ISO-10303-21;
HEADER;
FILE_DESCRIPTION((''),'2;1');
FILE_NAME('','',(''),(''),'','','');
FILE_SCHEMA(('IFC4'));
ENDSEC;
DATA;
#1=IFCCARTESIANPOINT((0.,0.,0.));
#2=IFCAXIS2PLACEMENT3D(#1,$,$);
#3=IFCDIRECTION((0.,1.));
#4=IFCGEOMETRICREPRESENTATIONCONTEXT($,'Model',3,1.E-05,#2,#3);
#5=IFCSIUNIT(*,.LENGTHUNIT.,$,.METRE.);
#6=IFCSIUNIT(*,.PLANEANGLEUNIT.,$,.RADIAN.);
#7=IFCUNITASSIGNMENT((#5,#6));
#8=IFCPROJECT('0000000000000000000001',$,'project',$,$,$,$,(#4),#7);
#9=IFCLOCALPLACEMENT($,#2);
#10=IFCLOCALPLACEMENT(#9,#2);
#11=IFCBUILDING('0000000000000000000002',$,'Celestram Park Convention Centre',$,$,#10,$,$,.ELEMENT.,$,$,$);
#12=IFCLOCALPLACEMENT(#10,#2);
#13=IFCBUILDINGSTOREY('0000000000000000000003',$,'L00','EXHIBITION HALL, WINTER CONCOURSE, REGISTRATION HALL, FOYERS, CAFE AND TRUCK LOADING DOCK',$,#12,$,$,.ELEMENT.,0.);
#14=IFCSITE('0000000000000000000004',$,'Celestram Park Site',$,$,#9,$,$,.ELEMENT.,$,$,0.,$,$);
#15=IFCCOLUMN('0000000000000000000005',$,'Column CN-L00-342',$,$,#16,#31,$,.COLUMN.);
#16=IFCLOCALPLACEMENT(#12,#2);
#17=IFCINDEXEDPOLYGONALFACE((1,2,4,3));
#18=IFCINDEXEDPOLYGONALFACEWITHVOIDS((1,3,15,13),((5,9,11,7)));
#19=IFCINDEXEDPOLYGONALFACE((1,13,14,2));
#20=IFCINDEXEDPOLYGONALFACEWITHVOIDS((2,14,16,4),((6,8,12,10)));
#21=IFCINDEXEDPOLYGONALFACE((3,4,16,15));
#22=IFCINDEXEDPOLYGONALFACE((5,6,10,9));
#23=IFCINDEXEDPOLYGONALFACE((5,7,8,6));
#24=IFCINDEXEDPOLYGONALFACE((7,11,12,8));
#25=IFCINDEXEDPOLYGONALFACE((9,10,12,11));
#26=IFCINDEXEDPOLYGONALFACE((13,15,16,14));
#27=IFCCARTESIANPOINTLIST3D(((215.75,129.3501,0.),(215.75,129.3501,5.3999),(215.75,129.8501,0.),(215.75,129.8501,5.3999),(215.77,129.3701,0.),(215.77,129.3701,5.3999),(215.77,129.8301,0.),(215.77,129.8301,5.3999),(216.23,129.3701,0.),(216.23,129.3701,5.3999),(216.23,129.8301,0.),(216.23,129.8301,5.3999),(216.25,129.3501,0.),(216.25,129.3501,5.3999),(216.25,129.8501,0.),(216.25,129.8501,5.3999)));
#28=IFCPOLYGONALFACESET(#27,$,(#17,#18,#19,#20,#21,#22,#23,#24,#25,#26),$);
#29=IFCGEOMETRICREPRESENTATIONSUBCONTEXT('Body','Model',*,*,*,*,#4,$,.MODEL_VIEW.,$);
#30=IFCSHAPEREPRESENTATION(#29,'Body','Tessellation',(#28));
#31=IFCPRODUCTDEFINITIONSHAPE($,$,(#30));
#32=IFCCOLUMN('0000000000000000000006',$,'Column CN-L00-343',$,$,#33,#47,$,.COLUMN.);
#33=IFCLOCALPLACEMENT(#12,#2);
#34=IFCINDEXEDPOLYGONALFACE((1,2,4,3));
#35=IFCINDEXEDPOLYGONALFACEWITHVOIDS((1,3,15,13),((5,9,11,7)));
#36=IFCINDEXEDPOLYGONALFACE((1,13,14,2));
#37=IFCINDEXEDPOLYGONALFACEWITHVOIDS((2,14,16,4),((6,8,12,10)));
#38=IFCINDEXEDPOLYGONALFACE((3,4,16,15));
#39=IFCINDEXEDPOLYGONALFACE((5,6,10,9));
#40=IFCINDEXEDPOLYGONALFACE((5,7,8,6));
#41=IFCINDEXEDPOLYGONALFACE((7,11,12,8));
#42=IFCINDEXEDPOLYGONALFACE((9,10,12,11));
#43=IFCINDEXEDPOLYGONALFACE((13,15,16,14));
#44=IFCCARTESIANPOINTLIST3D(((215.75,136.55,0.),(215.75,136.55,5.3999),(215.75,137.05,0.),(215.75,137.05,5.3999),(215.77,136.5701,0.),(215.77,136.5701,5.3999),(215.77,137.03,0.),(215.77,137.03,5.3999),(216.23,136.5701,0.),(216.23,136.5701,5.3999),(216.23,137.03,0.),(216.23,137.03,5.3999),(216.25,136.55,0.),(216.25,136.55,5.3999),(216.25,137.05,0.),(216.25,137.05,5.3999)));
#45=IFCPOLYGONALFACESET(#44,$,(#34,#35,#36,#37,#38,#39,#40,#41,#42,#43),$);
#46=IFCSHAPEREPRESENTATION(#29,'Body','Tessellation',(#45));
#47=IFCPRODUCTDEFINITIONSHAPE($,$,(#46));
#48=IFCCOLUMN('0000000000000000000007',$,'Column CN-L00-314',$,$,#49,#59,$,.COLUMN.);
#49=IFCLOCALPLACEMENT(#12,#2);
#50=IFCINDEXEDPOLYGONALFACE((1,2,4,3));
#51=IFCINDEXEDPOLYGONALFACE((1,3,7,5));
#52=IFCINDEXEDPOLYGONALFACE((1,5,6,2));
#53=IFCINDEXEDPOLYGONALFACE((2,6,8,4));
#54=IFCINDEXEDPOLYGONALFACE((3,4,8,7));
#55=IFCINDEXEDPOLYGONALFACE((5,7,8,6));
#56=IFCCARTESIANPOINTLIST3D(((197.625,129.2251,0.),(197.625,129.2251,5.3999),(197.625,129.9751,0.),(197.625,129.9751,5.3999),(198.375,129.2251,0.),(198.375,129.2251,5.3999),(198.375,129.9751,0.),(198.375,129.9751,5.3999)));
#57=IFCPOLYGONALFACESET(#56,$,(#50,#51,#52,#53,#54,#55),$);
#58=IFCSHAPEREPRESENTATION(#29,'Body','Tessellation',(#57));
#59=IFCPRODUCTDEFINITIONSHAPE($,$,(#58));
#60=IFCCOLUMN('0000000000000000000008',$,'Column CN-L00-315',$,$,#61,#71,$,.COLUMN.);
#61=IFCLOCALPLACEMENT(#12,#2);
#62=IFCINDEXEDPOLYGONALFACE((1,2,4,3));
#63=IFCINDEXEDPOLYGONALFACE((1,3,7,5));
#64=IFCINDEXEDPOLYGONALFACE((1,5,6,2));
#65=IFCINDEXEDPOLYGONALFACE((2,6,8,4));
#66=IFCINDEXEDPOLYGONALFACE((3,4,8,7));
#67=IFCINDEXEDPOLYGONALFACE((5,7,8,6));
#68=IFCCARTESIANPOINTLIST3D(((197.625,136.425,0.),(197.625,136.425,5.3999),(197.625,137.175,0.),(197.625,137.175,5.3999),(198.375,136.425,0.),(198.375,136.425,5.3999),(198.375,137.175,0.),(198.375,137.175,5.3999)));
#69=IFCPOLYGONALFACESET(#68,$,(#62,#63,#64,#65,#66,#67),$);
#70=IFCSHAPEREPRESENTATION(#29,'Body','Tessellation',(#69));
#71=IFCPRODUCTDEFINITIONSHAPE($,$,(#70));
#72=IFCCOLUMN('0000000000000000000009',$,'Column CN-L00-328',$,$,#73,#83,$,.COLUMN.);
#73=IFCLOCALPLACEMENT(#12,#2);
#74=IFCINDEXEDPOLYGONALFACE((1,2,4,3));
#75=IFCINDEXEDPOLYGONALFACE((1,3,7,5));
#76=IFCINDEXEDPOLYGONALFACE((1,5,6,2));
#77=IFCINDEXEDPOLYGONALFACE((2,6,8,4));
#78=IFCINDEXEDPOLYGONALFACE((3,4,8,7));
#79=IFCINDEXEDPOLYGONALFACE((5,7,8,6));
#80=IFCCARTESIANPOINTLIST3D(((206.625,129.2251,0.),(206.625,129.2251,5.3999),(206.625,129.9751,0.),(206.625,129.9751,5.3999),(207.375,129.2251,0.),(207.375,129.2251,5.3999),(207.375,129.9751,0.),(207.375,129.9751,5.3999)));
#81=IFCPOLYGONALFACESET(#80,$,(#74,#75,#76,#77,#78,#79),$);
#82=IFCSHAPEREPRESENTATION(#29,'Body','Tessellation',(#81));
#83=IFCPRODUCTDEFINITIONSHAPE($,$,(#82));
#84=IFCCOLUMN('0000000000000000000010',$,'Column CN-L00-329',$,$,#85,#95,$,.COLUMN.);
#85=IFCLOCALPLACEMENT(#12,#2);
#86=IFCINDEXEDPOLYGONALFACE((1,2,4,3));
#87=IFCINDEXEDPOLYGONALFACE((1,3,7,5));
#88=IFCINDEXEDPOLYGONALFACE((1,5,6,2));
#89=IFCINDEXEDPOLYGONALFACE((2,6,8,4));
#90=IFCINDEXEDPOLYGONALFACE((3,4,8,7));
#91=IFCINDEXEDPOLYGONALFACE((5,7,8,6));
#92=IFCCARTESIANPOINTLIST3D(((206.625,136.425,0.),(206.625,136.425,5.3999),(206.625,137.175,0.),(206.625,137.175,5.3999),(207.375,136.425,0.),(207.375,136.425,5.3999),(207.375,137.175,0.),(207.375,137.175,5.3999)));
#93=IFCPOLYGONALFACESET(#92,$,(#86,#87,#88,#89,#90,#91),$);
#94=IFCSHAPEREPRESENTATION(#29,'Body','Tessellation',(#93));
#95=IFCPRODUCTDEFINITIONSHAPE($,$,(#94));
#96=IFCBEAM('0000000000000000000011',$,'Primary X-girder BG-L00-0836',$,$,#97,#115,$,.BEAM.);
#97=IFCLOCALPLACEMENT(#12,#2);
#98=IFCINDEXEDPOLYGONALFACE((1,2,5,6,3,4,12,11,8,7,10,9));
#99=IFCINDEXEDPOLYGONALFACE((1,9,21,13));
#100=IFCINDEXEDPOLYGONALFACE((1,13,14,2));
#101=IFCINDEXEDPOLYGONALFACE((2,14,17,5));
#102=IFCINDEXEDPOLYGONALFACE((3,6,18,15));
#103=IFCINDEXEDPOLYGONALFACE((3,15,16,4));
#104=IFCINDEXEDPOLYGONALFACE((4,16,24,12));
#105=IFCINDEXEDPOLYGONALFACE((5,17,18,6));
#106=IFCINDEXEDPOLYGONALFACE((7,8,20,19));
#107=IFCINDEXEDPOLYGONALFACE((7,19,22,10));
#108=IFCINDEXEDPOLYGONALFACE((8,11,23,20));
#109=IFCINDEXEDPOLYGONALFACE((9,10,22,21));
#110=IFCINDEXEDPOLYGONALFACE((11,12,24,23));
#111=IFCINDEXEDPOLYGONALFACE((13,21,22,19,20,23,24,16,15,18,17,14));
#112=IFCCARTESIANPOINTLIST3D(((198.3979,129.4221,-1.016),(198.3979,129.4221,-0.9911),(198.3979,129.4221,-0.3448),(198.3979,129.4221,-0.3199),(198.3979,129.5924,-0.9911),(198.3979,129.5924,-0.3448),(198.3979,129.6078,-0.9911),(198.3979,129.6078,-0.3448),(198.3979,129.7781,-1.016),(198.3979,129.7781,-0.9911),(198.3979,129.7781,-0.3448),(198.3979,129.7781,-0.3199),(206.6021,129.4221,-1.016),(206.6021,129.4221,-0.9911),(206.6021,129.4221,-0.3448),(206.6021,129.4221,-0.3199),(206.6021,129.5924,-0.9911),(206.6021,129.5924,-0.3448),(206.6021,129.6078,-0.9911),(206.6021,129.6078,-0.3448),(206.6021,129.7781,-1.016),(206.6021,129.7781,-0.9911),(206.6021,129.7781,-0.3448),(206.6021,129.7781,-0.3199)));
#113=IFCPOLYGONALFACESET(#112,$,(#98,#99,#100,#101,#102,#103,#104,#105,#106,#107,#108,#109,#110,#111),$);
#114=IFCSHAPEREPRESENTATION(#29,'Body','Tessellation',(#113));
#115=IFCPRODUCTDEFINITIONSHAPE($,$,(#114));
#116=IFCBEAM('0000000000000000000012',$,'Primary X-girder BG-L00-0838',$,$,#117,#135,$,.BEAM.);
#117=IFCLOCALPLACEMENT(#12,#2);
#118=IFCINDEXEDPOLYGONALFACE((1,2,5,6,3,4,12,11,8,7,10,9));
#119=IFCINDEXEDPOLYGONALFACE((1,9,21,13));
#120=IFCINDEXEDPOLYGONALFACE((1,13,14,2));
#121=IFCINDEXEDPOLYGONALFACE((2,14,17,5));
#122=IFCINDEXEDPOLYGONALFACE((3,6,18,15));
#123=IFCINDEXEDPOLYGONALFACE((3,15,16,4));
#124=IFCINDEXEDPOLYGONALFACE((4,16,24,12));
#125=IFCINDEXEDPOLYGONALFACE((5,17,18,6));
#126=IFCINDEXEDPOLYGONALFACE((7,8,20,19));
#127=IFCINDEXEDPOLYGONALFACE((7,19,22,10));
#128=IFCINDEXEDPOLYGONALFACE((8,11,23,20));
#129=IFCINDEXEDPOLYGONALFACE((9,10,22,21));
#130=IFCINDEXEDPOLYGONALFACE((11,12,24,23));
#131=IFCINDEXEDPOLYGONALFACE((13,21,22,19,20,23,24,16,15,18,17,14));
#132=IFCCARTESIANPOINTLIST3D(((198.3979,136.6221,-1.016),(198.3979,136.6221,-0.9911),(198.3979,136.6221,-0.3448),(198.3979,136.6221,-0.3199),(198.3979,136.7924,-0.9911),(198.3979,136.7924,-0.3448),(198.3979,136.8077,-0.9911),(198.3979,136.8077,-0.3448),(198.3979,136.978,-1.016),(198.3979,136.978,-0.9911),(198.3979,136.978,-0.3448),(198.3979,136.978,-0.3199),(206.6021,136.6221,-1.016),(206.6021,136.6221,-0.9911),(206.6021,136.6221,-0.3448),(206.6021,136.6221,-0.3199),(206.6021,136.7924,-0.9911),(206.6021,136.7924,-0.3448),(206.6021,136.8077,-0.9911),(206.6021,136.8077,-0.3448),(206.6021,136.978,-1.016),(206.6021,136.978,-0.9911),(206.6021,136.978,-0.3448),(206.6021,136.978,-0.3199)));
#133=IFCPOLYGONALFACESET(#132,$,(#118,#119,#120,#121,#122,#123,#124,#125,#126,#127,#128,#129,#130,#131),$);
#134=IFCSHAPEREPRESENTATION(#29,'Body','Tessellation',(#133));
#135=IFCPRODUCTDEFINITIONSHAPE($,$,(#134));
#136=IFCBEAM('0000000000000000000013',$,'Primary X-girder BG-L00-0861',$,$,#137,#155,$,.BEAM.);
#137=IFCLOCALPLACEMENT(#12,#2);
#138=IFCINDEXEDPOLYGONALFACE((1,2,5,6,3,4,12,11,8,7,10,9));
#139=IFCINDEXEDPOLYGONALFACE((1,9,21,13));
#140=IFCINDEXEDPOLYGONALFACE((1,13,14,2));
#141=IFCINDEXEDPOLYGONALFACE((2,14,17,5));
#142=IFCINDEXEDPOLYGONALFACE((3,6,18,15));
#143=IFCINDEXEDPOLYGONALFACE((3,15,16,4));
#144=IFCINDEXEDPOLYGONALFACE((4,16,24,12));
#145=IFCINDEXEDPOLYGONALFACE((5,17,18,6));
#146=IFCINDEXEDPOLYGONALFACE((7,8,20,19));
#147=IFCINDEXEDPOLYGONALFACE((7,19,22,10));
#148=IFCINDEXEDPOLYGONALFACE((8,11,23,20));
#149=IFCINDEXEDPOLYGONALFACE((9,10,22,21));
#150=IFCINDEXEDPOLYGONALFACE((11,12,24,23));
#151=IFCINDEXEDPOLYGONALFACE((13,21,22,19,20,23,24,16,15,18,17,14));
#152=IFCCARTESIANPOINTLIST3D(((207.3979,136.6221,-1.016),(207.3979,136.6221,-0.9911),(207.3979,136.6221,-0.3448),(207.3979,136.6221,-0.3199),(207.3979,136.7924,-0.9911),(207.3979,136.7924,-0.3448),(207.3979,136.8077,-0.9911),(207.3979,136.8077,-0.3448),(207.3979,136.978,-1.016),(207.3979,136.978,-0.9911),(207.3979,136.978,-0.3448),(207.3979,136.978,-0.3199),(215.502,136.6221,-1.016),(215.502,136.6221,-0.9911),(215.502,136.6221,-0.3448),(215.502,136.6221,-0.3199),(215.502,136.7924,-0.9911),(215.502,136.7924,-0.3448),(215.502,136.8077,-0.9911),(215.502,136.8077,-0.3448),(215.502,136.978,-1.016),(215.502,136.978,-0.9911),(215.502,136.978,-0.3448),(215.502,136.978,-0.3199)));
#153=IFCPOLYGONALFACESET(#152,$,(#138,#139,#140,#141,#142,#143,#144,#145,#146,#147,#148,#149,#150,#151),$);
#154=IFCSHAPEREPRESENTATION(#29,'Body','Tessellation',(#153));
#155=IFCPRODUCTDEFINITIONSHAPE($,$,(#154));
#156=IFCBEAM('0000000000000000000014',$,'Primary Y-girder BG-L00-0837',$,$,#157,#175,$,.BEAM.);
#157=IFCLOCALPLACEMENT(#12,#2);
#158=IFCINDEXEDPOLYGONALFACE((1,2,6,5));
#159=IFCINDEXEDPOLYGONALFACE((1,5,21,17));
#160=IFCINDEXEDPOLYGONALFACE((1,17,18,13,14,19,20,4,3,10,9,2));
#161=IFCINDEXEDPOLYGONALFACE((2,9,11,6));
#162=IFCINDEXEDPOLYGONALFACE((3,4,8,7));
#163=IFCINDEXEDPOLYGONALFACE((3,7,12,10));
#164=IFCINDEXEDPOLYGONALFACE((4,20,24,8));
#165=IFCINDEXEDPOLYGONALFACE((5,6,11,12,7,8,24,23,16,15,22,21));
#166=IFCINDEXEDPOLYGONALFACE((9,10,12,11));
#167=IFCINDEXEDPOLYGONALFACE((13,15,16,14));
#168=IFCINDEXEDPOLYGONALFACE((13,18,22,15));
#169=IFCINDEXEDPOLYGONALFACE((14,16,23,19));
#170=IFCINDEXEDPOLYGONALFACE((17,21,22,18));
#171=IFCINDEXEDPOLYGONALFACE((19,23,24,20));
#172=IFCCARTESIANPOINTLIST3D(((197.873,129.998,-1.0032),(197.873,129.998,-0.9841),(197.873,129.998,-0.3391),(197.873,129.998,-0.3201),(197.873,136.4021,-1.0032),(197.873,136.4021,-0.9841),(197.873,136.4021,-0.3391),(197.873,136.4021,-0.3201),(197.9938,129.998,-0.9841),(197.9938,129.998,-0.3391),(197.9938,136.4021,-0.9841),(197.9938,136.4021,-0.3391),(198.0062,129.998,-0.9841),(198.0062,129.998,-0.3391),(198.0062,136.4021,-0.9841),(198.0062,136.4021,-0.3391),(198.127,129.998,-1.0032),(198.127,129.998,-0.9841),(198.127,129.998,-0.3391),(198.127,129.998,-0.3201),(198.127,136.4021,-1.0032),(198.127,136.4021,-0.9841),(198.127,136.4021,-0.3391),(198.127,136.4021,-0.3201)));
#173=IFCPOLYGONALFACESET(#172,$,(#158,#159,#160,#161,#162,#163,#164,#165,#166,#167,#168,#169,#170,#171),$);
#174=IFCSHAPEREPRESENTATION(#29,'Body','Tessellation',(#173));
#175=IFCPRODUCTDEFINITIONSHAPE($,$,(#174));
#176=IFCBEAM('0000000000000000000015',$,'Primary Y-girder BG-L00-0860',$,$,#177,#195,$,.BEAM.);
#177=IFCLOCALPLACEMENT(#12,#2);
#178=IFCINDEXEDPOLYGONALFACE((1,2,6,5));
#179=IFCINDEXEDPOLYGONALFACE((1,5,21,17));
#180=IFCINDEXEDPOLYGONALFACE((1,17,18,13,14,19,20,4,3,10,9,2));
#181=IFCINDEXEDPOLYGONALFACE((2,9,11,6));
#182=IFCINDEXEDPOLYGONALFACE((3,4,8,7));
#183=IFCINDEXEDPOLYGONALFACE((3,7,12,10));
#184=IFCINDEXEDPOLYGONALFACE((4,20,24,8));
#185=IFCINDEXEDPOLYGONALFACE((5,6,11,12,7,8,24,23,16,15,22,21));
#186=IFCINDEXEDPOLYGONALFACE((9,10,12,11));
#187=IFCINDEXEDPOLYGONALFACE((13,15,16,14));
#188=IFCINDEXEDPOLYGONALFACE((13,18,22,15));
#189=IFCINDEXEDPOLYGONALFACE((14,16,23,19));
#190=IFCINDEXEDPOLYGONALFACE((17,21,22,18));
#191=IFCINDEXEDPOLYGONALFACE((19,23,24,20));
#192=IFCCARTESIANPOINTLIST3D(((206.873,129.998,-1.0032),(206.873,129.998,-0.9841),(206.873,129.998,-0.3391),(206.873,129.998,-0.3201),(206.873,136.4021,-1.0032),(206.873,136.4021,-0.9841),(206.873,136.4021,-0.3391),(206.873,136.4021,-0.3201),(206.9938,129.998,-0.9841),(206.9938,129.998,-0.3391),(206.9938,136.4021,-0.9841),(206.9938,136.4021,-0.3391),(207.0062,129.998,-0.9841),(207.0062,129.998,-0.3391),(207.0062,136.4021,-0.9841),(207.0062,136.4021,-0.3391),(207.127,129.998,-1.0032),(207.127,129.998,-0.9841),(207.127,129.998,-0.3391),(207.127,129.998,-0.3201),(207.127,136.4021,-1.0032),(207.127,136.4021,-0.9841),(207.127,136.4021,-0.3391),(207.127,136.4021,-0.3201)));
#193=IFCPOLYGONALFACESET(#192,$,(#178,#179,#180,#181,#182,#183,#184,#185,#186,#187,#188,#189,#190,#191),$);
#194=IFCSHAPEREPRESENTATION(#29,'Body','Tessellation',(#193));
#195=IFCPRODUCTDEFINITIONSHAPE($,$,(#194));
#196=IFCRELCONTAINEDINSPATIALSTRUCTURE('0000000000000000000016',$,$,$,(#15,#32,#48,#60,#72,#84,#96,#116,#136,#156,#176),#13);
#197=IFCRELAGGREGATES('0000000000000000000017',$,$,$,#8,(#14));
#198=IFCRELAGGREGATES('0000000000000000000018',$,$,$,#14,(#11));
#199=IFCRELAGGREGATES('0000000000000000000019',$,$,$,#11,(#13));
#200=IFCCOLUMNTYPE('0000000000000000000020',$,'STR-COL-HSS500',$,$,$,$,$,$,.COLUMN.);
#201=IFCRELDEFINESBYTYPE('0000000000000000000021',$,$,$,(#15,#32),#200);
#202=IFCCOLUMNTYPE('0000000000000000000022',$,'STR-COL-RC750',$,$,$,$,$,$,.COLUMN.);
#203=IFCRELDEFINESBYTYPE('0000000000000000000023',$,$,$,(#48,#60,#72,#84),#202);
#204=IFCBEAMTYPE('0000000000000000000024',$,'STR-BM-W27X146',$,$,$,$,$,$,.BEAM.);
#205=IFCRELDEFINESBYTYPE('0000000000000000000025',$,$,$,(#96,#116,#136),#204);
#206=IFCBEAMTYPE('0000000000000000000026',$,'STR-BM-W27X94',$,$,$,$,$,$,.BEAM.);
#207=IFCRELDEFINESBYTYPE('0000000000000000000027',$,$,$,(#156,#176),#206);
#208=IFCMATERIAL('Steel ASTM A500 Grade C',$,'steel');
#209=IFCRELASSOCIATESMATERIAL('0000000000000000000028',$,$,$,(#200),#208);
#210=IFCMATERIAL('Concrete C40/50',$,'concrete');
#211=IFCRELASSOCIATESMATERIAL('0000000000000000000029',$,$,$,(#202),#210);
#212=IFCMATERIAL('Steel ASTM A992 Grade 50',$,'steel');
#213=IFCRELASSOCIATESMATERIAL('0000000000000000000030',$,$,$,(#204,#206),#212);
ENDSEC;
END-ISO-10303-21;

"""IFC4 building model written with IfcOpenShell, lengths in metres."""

from ifc_helpers import new_model, si_unit, direction, frame, origin, origin_2d, place, context, subcontext, project, spatial, rectangle, hollow_rectangle, i_section, extrude, material, material_profile, profile_set, type_object, element, save


model = new_model("IFC4")

# Units and contexts
model_context = context("Model", 3, precision=1e-05, world=origin(), true_north=direction((0.0, 1.0)))
body_context = subcontext(model_context, "Body", "Model", "MODEL_VIEW")
ifc_project = project(units=[si_unit("LENGTHUNIT", "METRE"), si_unit("PLANEANGLEUNIT", "RADIAN")], contexts=[model_context])

# Site, building, storey
site_placement = place(None, origin())
site = spatial("IfcSite", under=ifc_project, at=site_placement, Name="Celestram Park Site", CompositionType="ELEMENT", RefElevation=0.0)
building_placement = place(site_placement, origin())
building = spatial("IfcBuilding", under=site, at=building_placement, Name="Celestram Park Convention Centre", CompositionType="ELEMENT")
storey_placement = place(building_placement, origin())
storey = spatial("IfcBuildingStorey", under=building, at=storey_placement, Name="L00", Description="EXHIBITION HALL, WINTER CONCOURSE, REGISTRATION HALL, FOYERS, CAFE AND TRUCK LOADING DOCK", CompositionType="ELEMENT", Elevation=0.0)

# Columns
ifc_material_1 = material(Name="Steel ASTM A500 Grade C", Category="steel")
ifc_material_profile_1 = material_profile(ifc_material_1, hollow_rectangle(XDim=0.5, YDim=0.5, WallThickness=0.02, at=origin_2d()), Name="HSS500X500X20")
ifc_profile_set_1 = profile_set([ifc_material_profile_1], Name="Steel ASTM A500 Grade C")
column_type_1 = type_object("IfcColumnType", Name="STR-COL-HSS500", PredefinedType="COLUMN", material=ifc_profile_set_1)
for number, where, z_axis, x_axis, name in (
    (1, (216.0, 129.6001, 0.0), (0.0, 0.0, 1.0), (1.0, 0.0, 0.0), "Column CN-L00-342"),
    (2, (216.0, 136.8, 0.0), (0.0, 0.0, 1.0), (1.0, 0.0, 0.0), "Column CN-L00-343"),
):
    element("IfcColumn", number, at=place(storey_placement, frame(where, z_axis=z_axis, x_axis=x_axis)), inside=storey, type_object=column_type_1, Name=name, PredefinedType="COLUMN", context=body_context, shape_type="SweptSolid", body=[
        extrude(hollow_rectangle(XDim=0.5, YDim=0.5, WallThickness=0.02, at=origin_2d()), origin(), (0.0, 0.0, 1.0), 5.3999),
    ])
ifc_material_2 = material(Name="Concrete C40/50", Category="concrete")
ifc_material_profile_2 = material_profile(ifc_material_2, rectangle(XDim=0.75, YDim=0.75, at=origin_2d()), Name="RC750X750")
ifc_profile_set_2 = profile_set([ifc_material_profile_2], Name="Concrete C40/50")
column_type_2 = type_object("IfcColumnType", Name="STR-COL-RC750", PredefinedType="COLUMN", material=ifc_profile_set_2)
for number, where, z_axis, x_axis, name in (
    (3, (198.0, 129.6001, 0.0), (0.0, 0.0, 1.0), (1.0, 0.0, 0.0), "Column CN-L00-314"),
    (4, (198.0, 136.8, 0.0), (0.0, 0.0, 1.0), (1.0, 0.0, 0.0), "Column CN-L00-315"),
    (5, (207.0, 129.6001, 0.0), (0.0, 0.0, 1.0), (1.0, 0.0, 0.0), "Column CN-L00-328"),
    (6, (207.0, 136.8, 0.0), (0.0, 0.0, 1.0), (1.0, 0.0, 0.0), "Column CN-L00-329"),
):
    element("IfcColumn", number, at=place(storey_placement, frame(where, z_axis=z_axis, x_axis=x_axis)), inside=storey, type_object=column_type_2, Name=name, PredefinedType="COLUMN", context=body_context, shape_type="SweptSolid", body=[
        extrude(rectangle(XDim=0.75, YDim=0.75, at=origin_2d()), origin(), (0.0, 0.0, 1.0), 5.3999),
    ])

# Beams
ifc_material_3 = material(Name="Steel ASTM A992 Grade 50", Category="steel")
ifc_material_profile_3 = material_profile(ifc_material_3, i_section(OverallWidth=0.356, OverallDepth=0.696, WebThickness=0.0154, FlangeThickness=0.0249, at=origin_2d()), Name="W27X146")
ifc_profile_set_3 = profile_set([ifc_material_profile_3], Name="Steel ASTM A992 Grade 50")
beam_type_1 = type_object("IfcBeamType", Name="STR-BM-W27X146", PredefinedType="BEAM", material=ifc_profile_set_3)
for number, where, z_axis, x_axis, name in (
    (7, (198.3979, 129.6001, -0.668), (1.0, 0.0, 0.0), (0.0, 1.0, 0.0), "Primary X-girder BG-L00-0836"),
    (8, (198.3979, 136.8, -0.668), (1.0, 0.0, 0.0), (0.0, 1.0, 0.0), "Primary X-girder BG-L00-0838"),
):
    element("IfcBeam", number, at=place(storey_placement, frame(where, z_axis=z_axis, x_axis=x_axis)), inside=storey, type_object=beam_type_1, Name=name, PredefinedType="BEAM", context=body_context, shape_type="SweptSolid", body=[
        extrude(i_section(OverallWidth=0.356, OverallDepth=0.696, WebThickness=0.0154, FlangeThickness=0.0249, at=origin_2d()), origin(), (0.0, 0.0, 1.0), 8.2041),
    ])
beam_1_placement = place(storey_placement, frame((207.3979, 136.8, -0.668), z_axis=(1.0, 0.0, 0.0), x_axis=(0.0, 1.0, 0.0)))
element("IfcBeam", 9, at=beam_1_placement, inside=storey, type_object=beam_type_1, Name="Primary X-girder BG-L00-0861", PredefinedType="BEAM", context=body_context, shape_type="SweptSolid", body=[
    extrude(i_section(OverallWidth=0.356, OverallDepth=0.696, WebThickness=0.0154, FlangeThickness=0.0249, at=origin_2d()), origin(), (0.0, 0.0, 1.0), 8.104),
])
ifc_material_profile_4 = material_profile(ifc_material_3, i_section(OverallWidth=0.2539, OverallDepth=0.6831, WebThickness=0.0125, FlangeThickness=0.019, at=origin_2d()), Name="W27X94")
ifc_profile_set_4 = profile_set([ifc_material_profile_4], Name="Steel ASTM A992 Grade 50")
beam_type_2 = type_object("IfcBeamType", Name="STR-BM-W27X94", PredefinedType="BEAM", material=ifc_profile_set_4)
for number, where, z_axis, x_axis, name in (
    (10, (198.0, 129.998, -0.6616), (0.0, 1.0, 0.0), (-1.0, 0.0, 0.0), "Primary Y-girder BG-L00-0837"),
    (11, (207.0, 129.998, -0.6616), (0.0, 1.0, 0.0), (-1.0, 0.0, 0.0), "Primary Y-girder BG-L00-0860"),
):
    element("IfcBeam", number, at=place(storey_placement, frame(where, z_axis=z_axis, x_axis=x_axis)), inside=storey, type_object=beam_type_2, Name=name, PredefinedType="BEAM", context=body_context, shape_type="SweptSolid", body=[
        extrude(i_section(OverallWidth=0.2539, OverallDepth=0.6831, WebThickness=0.0125, FlangeThickness=0.019, at=origin_2d()), origin(), (0.0, 0.0, 1.0), 6.4041),
    ])

save(model, "model.ifc")
